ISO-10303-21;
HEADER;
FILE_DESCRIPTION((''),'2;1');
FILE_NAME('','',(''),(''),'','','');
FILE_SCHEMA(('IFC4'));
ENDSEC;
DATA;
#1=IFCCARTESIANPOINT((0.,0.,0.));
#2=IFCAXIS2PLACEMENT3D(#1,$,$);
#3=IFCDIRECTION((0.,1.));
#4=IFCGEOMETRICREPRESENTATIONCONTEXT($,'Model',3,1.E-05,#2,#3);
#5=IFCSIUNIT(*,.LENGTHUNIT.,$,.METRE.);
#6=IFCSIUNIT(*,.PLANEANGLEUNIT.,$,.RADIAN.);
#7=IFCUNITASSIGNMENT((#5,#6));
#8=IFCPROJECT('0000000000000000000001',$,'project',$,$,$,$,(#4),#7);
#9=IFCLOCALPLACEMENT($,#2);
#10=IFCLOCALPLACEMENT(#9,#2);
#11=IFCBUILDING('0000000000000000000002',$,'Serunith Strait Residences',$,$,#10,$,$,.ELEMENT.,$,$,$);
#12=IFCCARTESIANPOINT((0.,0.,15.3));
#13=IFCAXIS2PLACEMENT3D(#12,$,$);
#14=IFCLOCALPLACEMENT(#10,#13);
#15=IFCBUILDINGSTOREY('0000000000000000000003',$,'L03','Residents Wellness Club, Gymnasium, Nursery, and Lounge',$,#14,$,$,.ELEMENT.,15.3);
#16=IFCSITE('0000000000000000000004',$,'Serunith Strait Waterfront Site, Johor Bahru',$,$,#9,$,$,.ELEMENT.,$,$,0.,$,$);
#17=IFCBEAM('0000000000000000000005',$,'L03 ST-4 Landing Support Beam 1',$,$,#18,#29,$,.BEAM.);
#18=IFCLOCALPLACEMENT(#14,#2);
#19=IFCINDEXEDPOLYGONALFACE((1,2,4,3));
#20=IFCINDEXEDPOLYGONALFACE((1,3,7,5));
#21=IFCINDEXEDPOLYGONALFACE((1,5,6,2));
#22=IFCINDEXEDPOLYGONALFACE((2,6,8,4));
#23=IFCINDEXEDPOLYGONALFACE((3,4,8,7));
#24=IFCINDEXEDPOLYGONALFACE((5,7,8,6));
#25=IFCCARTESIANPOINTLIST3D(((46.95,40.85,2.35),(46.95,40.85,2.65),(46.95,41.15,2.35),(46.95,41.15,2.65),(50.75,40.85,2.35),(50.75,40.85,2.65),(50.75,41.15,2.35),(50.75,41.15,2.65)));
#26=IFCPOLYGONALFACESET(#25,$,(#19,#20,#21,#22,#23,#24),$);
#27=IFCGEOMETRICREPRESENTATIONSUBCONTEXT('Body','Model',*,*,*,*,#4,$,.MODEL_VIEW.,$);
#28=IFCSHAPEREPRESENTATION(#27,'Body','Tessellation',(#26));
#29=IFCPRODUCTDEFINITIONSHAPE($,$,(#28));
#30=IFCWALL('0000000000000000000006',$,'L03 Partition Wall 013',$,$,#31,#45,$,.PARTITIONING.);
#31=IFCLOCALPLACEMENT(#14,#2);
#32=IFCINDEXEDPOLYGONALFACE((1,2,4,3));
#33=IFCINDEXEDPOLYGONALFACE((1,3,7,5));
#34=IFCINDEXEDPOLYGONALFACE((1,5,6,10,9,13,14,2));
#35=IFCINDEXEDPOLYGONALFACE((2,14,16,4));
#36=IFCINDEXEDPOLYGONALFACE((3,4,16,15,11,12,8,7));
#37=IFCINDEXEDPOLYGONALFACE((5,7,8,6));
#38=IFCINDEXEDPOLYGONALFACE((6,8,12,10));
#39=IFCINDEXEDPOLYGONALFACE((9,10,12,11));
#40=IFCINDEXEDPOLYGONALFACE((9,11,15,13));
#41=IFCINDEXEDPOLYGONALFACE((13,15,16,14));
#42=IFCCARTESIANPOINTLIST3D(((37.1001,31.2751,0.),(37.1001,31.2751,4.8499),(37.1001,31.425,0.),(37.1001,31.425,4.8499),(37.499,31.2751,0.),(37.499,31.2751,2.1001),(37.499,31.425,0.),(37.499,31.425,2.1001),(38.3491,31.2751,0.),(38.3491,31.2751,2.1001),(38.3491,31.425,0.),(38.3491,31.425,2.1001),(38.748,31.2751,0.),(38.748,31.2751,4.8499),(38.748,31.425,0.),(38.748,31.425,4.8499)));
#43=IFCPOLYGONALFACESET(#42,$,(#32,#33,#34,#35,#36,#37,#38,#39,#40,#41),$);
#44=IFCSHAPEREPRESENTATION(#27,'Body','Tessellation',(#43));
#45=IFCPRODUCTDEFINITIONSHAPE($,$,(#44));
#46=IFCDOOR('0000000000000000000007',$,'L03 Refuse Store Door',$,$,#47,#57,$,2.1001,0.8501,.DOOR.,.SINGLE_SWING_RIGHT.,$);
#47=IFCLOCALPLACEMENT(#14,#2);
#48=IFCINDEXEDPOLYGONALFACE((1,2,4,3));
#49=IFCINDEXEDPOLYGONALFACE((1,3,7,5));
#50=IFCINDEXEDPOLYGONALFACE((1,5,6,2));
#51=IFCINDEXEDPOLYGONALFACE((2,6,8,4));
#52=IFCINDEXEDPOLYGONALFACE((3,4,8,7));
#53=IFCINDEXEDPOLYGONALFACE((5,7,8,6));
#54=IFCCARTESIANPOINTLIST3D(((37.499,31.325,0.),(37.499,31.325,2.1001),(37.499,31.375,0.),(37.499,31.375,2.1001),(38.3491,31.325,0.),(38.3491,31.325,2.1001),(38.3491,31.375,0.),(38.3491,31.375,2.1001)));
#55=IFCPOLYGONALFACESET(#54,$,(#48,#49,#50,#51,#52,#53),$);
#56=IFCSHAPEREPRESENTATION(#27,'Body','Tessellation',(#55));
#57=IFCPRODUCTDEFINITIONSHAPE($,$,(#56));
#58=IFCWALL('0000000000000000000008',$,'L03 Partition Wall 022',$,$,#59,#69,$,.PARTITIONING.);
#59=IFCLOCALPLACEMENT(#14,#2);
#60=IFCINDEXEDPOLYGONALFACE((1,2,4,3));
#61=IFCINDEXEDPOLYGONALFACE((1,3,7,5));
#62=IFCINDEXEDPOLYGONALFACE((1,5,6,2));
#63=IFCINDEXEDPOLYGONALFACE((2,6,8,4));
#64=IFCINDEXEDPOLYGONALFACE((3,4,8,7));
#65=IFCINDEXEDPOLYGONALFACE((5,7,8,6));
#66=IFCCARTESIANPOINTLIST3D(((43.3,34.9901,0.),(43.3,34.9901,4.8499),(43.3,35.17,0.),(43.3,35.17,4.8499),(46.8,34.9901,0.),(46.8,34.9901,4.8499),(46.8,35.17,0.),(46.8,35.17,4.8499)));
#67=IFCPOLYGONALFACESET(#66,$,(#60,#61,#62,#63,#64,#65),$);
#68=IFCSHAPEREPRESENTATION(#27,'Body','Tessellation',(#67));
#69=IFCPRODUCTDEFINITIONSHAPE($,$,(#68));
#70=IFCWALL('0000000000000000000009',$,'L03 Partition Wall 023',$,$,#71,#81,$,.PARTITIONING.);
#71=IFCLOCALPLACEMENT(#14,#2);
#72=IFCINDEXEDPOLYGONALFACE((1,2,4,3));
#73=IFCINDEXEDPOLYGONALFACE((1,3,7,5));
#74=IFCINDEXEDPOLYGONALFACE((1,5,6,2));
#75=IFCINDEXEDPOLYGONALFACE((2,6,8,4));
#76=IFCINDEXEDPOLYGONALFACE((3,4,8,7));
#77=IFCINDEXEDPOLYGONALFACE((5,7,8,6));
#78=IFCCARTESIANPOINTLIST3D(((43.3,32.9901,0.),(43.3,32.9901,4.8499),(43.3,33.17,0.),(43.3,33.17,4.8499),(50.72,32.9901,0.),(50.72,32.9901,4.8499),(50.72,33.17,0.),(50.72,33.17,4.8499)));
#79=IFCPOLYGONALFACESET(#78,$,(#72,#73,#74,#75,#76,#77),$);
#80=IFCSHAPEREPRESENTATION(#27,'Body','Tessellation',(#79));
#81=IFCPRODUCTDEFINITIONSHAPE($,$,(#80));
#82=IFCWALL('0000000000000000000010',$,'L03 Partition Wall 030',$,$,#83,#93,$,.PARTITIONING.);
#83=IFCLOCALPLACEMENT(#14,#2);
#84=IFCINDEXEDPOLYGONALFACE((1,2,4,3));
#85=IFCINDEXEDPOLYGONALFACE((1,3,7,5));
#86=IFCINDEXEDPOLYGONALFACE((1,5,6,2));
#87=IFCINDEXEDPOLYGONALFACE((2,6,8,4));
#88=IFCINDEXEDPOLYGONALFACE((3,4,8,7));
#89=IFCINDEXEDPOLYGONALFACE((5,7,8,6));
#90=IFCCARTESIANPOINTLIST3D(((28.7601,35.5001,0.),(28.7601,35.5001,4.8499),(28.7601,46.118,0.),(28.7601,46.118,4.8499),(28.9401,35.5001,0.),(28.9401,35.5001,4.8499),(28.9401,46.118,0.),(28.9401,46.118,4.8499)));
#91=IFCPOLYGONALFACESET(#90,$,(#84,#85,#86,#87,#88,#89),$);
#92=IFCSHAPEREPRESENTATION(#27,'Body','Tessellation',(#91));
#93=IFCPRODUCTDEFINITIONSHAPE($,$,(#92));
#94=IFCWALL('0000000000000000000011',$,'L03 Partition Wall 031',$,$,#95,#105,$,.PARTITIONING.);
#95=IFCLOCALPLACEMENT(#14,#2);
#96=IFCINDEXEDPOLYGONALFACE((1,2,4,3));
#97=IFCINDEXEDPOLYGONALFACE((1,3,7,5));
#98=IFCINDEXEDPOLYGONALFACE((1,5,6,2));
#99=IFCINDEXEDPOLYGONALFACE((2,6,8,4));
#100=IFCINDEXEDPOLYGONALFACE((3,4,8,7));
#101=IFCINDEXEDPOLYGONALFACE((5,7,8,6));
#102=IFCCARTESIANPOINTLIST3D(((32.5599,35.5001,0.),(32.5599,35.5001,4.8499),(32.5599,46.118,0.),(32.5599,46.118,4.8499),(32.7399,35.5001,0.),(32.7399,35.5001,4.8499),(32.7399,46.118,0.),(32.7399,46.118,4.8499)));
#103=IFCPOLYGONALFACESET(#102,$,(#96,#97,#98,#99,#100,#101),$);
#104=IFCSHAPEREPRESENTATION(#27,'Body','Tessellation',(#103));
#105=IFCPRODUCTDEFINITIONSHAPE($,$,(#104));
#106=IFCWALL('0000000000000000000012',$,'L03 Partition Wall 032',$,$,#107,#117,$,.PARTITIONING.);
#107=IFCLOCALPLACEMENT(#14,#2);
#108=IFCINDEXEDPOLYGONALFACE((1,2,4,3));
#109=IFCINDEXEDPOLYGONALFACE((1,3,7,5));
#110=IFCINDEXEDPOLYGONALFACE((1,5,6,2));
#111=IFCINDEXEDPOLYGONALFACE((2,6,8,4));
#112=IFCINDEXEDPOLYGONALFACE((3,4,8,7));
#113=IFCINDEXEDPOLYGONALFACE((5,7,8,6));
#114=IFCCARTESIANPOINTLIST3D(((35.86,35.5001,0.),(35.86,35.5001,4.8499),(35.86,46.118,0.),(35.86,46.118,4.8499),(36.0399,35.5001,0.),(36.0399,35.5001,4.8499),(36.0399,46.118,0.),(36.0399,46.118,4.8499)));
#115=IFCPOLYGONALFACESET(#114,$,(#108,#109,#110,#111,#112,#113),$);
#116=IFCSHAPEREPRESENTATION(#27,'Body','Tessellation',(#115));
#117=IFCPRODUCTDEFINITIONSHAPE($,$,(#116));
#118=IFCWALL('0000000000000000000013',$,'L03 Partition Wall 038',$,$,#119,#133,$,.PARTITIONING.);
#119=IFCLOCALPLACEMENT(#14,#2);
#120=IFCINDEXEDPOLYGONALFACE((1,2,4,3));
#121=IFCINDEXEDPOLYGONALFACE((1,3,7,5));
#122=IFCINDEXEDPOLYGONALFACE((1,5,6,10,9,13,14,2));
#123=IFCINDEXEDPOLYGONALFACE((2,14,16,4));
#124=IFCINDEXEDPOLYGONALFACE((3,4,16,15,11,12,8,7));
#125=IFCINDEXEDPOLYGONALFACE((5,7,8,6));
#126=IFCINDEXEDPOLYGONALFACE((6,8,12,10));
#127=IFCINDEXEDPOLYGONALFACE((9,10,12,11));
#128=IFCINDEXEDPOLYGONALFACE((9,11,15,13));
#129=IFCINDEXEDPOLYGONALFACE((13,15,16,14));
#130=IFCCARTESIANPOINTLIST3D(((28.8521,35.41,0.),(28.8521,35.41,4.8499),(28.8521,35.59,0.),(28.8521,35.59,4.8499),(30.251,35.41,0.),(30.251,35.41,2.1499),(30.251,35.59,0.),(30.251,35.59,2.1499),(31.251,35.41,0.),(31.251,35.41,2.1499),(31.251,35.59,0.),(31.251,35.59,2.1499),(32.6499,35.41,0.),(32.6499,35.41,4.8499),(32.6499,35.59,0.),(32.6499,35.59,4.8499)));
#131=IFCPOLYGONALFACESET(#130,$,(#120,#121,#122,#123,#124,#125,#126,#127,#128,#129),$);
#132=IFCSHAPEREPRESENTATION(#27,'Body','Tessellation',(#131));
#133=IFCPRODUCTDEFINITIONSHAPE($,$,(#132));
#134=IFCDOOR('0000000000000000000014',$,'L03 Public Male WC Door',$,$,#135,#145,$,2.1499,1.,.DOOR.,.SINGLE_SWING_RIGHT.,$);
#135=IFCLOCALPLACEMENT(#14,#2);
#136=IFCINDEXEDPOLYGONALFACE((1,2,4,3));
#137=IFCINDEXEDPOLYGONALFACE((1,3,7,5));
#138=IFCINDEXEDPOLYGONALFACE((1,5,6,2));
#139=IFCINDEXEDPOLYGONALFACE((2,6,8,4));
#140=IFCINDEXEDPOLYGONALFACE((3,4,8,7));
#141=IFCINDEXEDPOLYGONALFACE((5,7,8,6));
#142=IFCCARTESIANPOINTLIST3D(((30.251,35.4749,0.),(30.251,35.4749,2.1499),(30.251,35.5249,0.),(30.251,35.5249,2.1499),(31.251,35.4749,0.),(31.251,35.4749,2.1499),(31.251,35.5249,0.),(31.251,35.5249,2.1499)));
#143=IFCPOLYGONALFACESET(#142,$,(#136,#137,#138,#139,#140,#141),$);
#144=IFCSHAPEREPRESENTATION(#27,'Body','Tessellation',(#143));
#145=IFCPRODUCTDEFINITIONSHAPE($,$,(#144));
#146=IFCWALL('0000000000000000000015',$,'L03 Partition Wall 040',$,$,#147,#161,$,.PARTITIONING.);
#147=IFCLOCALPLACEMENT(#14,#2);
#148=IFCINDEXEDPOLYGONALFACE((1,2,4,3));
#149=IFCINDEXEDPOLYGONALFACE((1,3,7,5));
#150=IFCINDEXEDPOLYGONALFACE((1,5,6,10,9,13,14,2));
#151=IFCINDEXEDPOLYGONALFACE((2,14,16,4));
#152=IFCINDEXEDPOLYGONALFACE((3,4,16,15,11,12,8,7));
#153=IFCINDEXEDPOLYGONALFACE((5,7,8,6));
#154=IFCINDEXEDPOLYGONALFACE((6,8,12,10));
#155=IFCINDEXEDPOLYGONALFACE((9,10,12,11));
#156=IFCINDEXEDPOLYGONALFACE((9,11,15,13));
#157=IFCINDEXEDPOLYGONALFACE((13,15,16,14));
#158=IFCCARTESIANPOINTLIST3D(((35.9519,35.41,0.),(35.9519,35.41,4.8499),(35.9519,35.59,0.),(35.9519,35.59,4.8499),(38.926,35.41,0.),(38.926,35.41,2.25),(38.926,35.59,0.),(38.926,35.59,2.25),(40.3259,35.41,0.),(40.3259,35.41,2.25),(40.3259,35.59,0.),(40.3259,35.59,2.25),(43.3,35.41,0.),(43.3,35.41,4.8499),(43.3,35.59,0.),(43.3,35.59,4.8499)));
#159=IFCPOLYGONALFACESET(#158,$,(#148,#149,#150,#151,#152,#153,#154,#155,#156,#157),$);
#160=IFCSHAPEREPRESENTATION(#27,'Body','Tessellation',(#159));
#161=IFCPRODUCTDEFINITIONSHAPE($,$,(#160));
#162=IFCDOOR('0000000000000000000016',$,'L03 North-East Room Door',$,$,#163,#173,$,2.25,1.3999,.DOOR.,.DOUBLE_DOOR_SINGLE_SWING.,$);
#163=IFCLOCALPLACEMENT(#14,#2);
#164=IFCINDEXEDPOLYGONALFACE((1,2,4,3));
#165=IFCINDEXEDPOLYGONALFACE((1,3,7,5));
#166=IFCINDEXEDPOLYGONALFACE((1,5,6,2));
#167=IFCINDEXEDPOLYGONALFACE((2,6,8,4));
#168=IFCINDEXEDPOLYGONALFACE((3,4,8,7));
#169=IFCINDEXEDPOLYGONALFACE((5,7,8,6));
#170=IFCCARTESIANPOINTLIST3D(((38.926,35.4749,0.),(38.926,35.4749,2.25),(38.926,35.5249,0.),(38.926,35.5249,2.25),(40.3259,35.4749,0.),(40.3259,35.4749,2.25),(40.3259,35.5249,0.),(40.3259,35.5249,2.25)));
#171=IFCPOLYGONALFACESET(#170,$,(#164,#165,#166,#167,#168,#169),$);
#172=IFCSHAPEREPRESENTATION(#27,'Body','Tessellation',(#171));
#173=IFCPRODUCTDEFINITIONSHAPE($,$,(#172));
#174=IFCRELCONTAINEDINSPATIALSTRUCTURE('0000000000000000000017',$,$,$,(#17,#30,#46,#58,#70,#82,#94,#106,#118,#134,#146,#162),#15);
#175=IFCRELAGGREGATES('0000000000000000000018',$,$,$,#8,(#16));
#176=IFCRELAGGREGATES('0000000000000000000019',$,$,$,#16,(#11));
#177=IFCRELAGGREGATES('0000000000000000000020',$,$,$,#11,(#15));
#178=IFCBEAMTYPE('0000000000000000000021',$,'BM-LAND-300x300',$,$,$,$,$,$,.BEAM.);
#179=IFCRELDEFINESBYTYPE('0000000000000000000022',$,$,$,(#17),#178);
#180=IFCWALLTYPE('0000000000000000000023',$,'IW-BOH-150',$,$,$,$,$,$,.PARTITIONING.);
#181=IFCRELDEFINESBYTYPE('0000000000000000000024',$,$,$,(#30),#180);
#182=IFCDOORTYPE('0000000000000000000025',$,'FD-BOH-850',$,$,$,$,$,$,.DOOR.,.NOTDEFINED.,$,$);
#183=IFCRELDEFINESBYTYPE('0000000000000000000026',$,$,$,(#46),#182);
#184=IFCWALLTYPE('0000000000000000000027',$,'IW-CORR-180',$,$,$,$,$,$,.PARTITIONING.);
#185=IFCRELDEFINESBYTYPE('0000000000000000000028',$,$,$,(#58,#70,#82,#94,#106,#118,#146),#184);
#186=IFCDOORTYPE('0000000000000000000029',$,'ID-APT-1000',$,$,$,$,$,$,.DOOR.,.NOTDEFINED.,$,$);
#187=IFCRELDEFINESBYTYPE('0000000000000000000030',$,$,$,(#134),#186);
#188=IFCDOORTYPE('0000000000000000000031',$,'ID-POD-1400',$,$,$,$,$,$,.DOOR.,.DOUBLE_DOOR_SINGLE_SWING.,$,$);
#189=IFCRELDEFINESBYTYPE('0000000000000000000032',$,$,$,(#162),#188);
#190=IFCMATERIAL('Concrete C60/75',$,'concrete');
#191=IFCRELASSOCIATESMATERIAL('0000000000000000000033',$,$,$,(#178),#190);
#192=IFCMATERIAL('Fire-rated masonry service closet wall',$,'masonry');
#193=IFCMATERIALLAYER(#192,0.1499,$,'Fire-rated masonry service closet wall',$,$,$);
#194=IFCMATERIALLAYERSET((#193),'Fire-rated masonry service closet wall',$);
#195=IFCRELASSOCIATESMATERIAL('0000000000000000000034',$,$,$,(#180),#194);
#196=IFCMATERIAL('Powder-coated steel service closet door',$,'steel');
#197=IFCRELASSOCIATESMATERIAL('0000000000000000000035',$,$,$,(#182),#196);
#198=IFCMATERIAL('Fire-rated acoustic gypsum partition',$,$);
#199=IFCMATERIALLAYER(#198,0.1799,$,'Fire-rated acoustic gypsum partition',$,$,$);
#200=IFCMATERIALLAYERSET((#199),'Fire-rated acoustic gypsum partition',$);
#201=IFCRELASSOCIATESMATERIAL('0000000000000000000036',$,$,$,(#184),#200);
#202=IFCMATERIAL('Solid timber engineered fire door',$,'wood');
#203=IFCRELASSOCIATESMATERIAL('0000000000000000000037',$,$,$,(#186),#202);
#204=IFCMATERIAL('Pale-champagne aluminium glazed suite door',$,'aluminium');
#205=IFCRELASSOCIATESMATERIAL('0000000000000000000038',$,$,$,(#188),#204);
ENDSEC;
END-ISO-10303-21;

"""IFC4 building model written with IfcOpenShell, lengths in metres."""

from ifc_helpers import new_model, si_unit, direction, frame, frame_2d, origin, origin_2d, place, context, subcontext, project, spatial, rectangle, extrude, source, transform, mapped, material, layer, layer_set, material_profile, profile_set, type_object, element, fill, save


model = new_model("IFC4")

# Units and contexts
model_context = context("Model", 3, precision=1e-05, world=origin(), true_north=direction((0.0, 1.0)))
body_context = subcontext(model_context, "Body", "Model", "MODEL_VIEW")
ifc_project = project(units=[si_unit("LENGTHUNIT", "METRE"), si_unit("PLANEANGLEUNIT", "RADIAN")], contexts=[model_context])

# Site, building, storey
site_placement = place(None, origin())
site = spatial("IfcSite", under=ifc_project, at=site_placement, Name="Serunith Strait Waterfront Site, Johor Bahru", CompositionType="ELEMENT", RefElevation=0.0)
building_placement = place(site_placement, origin())
building = spatial("IfcBuilding", under=site, at=building_placement, Name="Serunith Strait Residences", CompositionType="ELEMENT")
storey_placement = place(building_placement, frame((0.0, 0.0, 15.3)))
storey = spatial("IfcBuildingStorey", under=building, at=storey_placement, Name="L03", Description="Residents Wellness Club, Gymnasium, Nursery, and Lounge", CompositionType="ELEMENT", Elevation=15.3)

# Beam
ifc_material_1 = material(Name="Concrete C60/75", Category="concrete")
ifc_material_profile_1 = material_profile(ifc_material_1, rectangle(XDim=0.3, YDim=0.3, at=origin_2d()), Name="RC 300x300")
ifc_profile_set_1 = profile_set([ifc_material_profile_1], Name="Concrete C60/75")
beam_type_1 = type_object("IfcBeamType", Name="BM-LAND-300x300", PredefinedType="BEAM", material=ifc_profile_set_1)
shared_shape_1 = source(origin(), body_context, "Body", "SweptSolid", [
    extrude(rectangle(XDim=0.3, YDim=0.3, at=origin_2d()), origin(), (0.0, 0.0, 1.0), 3.8),
])
beam_1_placement = place(storey_placement, frame((46.95, 41.0, 2.5), z_axis=(1.0, 0.0, 0.0), x_axis=(0.0, 1.0, 0.0)))
element("IfcBeam", 1, at=beam_1_placement, inside=storey, type_object=beam_type_1, Name="L03 ST-4 Landing Support Beam 1", PredefinedType="BEAM", context=body_context, shape_type="MappedRepresentation", body=[
    mapped(shared_shape_1, transform((0.0, 0.0, 0.0), scale=1.0)),
])

# Wall, opening, door
ifc_material_2 = material(Name="Fire-rated masonry service closet wall", Category="masonry")
ifc_layer_1 = layer(ifc_material_2, 0.1499, Name="Fire-rated masonry service closet wall")
ifc_layer_set_1 = layer_set([ifc_layer_1], Name="Fire-rated masonry service closet wall")
wall_type_1 = type_object("IfcWallType", Name="IW-BOH-150", PredefinedType="PARTITIONING", material=ifc_layer_set_1)
wall_1_placement = place(storey_placement, frame((37.1001, 31.3501, 0.0), z_axis=(0.0, 0.0, 1.0), x_axis=(1.0, 0.0, 0.0)))
wall_1 = element("IfcWall", 2, at=wall_1_placement, inside=storey, type_object=wall_type_1, Name="L03 Partition Wall 013", PredefinedType="PARTITIONING", context=body_context, shape_type="SweptSolid", body=[
    extrude(rectangle(XDim=1.6479, YDim=0.1499, at=frame_2d((0.824, 0.0))), origin(), (0.0, 0.0, 1.0), 4.8499),
])
opening_1_placement = place(wall_1_placement, frame((0.3989, 0.0, 0.0)))
opening_1 = element("IfcOpeningElement", 3, at=opening_1_placement, cuts=wall_1, PredefinedType="OPENING", context=body_context, shape_type="SweptSolid", body=[
    extrude(rectangle(XDim=0.8501, YDim=2.1001, at=frame_2d((0.425, 1.05))), frame((0.0, 0.085, 0.0), z_axis=(0.0, -1.0, 0.0), x_axis=(1.0, 0.0, 0.0)), (0.0, 0.0, 1.0), 0.1699),
])
ifc_material_3 = material(Name="Powder-coated steel service closet door", Category="steel")
door_type_1 = type_object("IfcDoorType", Name="FD-BOH-850", OperationType="NOTDEFINED", PredefinedType="DOOR", material=ifc_material_3)
shared_shape_2 = source(origin(), body_context, "Body", "SweptSolid", [
    extrude(rectangle(XDim=0.8501, YDim=2.1001, at=frame_2d((0.425, 1.05))), frame((0.0, 0.0249, 0.0), z_axis=(0.0, -1.0, 0.0), x_axis=(1.0, 0.0, 0.0)), (0.0, 0.0, 1.0), 0.05),
])
door_1_placement = place(opening_1_placement, origin())
door_1 = element("IfcDoor", 4, at=door_1_placement, inside=storey, type_object=door_type_1, Name="L03 Refuse Store Door", OperationType="SINGLE_SWING_RIGHT", OverallHeight=2.1001, OverallWidth=0.8501, PredefinedType="DOOR", context=body_context, shape_type="MappedRepresentation", body=[
    mapped(shared_shape_2, transform((0.0, 0.0, 0.0), scale=1.0)),
])
fill(opening_1, door_1)

# Walls
ifc_material_4 = material(Name="Fire-rated acoustic gypsum partition")
ifc_layer_2 = layer(ifc_material_4, 0.1799, Name="Fire-rated acoustic gypsum partition")
ifc_layer_set_2 = layer_set([ifc_layer_2], Name="Fire-rated acoustic gypsum partition")
wall_type_2 = type_object("IfcWallType", Name="IW-CORR-180", PredefinedType="PARTITIONING", material=ifc_layer_set_2)
wall_2_placement = place(storey_placement, frame((43.3, 35.0801, 0.0), z_axis=(0.0, 0.0, 1.0), x_axis=(1.0, 0.0, 0.0)))
element("IfcWall", 5, at=wall_2_placement, inside=storey, type_object=wall_type_2, Name="L03 Partition Wall 022", PredefinedType="PARTITIONING", context=body_context, shape_type="SweptSolid", body=[
    extrude(rectangle(XDim=3.5, YDim=0.1799, at=frame_2d((1.75, 0.0))), origin(), (0.0, 0.0, 1.0), 4.8499),
])
wall_3_placement = place(storey_placement, frame((43.3, 33.0801, 0.0), z_axis=(0.0, 0.0, 1.0), x_axis=(1.0, 0.0, 0.0)))
element("IfcWall", 6, at=wall_3_placement, inside=storey, type_object=wall_type_2, Name="L03 Partition Wall 023", PredefinedType="PARTITIONING", context=body_context, shape_type="SweptSolid", body=[
    extrude(rectangle(XDim=7.4199, YDim=0.1799, at=frame_2d((3.71, 0.0))), origin(), (0.0, 0.0, 1.0), 4.8499),
])
for number, where, z_axis, x_axis, name in (
    (7, (28.8501, 35.5, 0.0), (0.0, 0.0, 1.0), (0.0, 1.0, 0.0), "L03 Partition Wall 030"),
    (8, (32.6499, 35.5, 0.0), (0.0, 0.0, 1.0), (0.0, 1.0, 0.0), "L03 Partition Wall 031"),
    (9, (35.95, 35.5, 0.0), (0.0, 0.0, 1.0), (0.0, 1.0, 0.0), "L03 Partition Wall 032"),
):
    element("IfcWall", number, at=place(storey_placement, frame(where, z_axis=z_axis, x_axis=x_axis)), inside=storey, type_object=wall_type_2, Name=name, PredefinedType="PARTITIONING", context=body_context, shape_type="SweptSolid", body=[
        extrude(rectangle(XDim=10.6179, YDim=0.1799, at=frame_2d((5.3091, 0.0))), origin(), (0.0, 0.0, 1.0), 4.8499),
    ])

# Walls, openings, doors
wall_4_placement = place(storey_placement, frame((28.8521, 35.5, 0.0), z_axis=(0.0, 0.0, 1.0), x_axis=(1.0, 0.0, 0.0)))
wall_4 = element("IfcWall", 10, at=wall_4_placement, inside=storey, type_object=wall_type_2, Name="L03 Partition Wall 038", PredefinedType="PARTITIONING", context=body_context, shape_type="SweptSolid", body=[
    extrude(rectangle(XDim=3.7979, YDim=0.1799, at=frame_2d((1.8989, 0.0))), origin(), (0.0, 0.0, 1.0), 4.8499),
])
opening_2_placement = place(wall_4_placement, frame((1.3989, 0.0, 0.0)))
opening_2 = element("IfcOpeningElement", 11, at=opening_2_placement, cuts=wall_4, PredefinedType="OPENING", context=body_context, shape_type="SweptSolid", body=[
    extrude(rectangle(XDim=1.0, YDim=2.1499, at=frame_2d((0.5, 1.075))), frame((0.0, 0.1001, 0.0), z_axis=(0.0, -1.0, 0.0), x_axis=(1.0, 0.0, 0.0)), (0.0, 0.0, 1.0), 0.2),
])
ifc_material_5 = material(Name="Solid timber engineered fire door", Category="wood")
door_type_2 = type_object("IfcDoorType", Name="ID-APT-1000", OperationType="NOTDEFINED", PredefinedType="DOOR", material=ifc_material_5)
shared_shape_3 = source(origin(), body_context, "Body", "SweptSolid", [
    extrude(rectangle(XDim=1.0, YDim=2.1499, at=frame_2d((0.5, 1.075))), frame((0.0, 0.0249, 0.0), z_axis=(0.0, -1.0, 0.0), x_axis=(1.0, 0.0, 0.0)), (0.0, 0.0, 1.0), 0.05),
])
door_2_placement = place(opening_2_placement, origin())
door_2 = element("IfcDoor", 12, at=door_2_placement, inside=storey, type_object=door_type_2, Name="L03 Public Male WC Door", OperationType="SINGLE_SWING_RIGHT", OverallHeight=2.1499, OverallWidth=1.0, PredefinedType="DOOR", context=body_context, shape_type="MappedRepresentation", body=[
    mapped(shared_shape_3, transform((0.0, 0.0, 0.0), scale=1.0)),
])
fill(opening_2, door_2)
wall_5_placement = place(storey_placement, frame((35.9519, 35.5, 0.0), z_axis=(0.0, 0.0, 1.0), x_axis=(1.0, 0.0, 0.0)))
wall_5 = element("IfcWall", 13, at=wall_5_placement, inside=storey, type_object=wall_type_2, Name="L03 Partition Wall 040", PredefinedType="PARTITIONING", context=body_context, shape_type="SweptSolid", body=[
    extrude(rectangle(XDim=7.3481, YDim=0.1799, at=frame_2d((3.6741, 0.0))), origin(), (0.0, 0.0, 1.0), 4.8499),
])
opening_3_placement = place(wall_5_placement, frame((2.9741, 0.0, 0.0)))
opening_3 = element("IfcOpeningElement", 14, at=opening_3_placement, cuts=wall_5, PredefinedType="OPENING", context=body_context, shape_type="SweptSolid", body=[
    extrude(rectangle(XDim=1.3999, YDim=2.25, at=frame_2d((0.7, 1.125))), frame((0.0, 0.1001, 0.0), z_axis=(0.0, -1.0, 0.0), x_axis=(1.0, 0.0, 0.0)), (0.0, 0.0, 1.0), 0.2),
])
ifc_material_6 = material(Name="Pale-champagne aluminium glazed suite door", Category="aluminium")
door_type_3 = type_object("IfcDoorType", Name="ID-POD-1400", OperationType="DOUBLE_DOOR_SINGLE_SWING", PredefinedType="DOOR", material=ifc_material_6)
shared_shape_4 = source(origin(), body_context, "Body", "SweptSolid", [
    extrude(rectangle(XDim=1.3999, YDim=2.25, at=frame_2d((0.7, 1.125))), frame((0.0, 0.0249, 0.0), z_axis=(0.0, -1.0, 0.0), x_axis=(1.0, 0.0, 0.0)), (0.0, 0.0, 1.0), 0.05),
])
door_3_placement = place(opening_3_placement, origin())
door_3 = element("IfcDoor", 15, at=door_3_placement, inside=storey, type_object=door_type_3, Name="L03 North-East Room Door", OperationType="DOUBLE_DOOR_SINGLE_SWING", OverallHeight=2.25, OverallWidth=1.3999, PredefinedType="DOOR", context=body_context, shape_type="MappedRepresentation", body=[
    mapped(shared_shape_4, transform((0.0, 0.0, 0.0), scale=1.0)),
])
fill(opening_3, door_3)

save(model, "model.ifc")
